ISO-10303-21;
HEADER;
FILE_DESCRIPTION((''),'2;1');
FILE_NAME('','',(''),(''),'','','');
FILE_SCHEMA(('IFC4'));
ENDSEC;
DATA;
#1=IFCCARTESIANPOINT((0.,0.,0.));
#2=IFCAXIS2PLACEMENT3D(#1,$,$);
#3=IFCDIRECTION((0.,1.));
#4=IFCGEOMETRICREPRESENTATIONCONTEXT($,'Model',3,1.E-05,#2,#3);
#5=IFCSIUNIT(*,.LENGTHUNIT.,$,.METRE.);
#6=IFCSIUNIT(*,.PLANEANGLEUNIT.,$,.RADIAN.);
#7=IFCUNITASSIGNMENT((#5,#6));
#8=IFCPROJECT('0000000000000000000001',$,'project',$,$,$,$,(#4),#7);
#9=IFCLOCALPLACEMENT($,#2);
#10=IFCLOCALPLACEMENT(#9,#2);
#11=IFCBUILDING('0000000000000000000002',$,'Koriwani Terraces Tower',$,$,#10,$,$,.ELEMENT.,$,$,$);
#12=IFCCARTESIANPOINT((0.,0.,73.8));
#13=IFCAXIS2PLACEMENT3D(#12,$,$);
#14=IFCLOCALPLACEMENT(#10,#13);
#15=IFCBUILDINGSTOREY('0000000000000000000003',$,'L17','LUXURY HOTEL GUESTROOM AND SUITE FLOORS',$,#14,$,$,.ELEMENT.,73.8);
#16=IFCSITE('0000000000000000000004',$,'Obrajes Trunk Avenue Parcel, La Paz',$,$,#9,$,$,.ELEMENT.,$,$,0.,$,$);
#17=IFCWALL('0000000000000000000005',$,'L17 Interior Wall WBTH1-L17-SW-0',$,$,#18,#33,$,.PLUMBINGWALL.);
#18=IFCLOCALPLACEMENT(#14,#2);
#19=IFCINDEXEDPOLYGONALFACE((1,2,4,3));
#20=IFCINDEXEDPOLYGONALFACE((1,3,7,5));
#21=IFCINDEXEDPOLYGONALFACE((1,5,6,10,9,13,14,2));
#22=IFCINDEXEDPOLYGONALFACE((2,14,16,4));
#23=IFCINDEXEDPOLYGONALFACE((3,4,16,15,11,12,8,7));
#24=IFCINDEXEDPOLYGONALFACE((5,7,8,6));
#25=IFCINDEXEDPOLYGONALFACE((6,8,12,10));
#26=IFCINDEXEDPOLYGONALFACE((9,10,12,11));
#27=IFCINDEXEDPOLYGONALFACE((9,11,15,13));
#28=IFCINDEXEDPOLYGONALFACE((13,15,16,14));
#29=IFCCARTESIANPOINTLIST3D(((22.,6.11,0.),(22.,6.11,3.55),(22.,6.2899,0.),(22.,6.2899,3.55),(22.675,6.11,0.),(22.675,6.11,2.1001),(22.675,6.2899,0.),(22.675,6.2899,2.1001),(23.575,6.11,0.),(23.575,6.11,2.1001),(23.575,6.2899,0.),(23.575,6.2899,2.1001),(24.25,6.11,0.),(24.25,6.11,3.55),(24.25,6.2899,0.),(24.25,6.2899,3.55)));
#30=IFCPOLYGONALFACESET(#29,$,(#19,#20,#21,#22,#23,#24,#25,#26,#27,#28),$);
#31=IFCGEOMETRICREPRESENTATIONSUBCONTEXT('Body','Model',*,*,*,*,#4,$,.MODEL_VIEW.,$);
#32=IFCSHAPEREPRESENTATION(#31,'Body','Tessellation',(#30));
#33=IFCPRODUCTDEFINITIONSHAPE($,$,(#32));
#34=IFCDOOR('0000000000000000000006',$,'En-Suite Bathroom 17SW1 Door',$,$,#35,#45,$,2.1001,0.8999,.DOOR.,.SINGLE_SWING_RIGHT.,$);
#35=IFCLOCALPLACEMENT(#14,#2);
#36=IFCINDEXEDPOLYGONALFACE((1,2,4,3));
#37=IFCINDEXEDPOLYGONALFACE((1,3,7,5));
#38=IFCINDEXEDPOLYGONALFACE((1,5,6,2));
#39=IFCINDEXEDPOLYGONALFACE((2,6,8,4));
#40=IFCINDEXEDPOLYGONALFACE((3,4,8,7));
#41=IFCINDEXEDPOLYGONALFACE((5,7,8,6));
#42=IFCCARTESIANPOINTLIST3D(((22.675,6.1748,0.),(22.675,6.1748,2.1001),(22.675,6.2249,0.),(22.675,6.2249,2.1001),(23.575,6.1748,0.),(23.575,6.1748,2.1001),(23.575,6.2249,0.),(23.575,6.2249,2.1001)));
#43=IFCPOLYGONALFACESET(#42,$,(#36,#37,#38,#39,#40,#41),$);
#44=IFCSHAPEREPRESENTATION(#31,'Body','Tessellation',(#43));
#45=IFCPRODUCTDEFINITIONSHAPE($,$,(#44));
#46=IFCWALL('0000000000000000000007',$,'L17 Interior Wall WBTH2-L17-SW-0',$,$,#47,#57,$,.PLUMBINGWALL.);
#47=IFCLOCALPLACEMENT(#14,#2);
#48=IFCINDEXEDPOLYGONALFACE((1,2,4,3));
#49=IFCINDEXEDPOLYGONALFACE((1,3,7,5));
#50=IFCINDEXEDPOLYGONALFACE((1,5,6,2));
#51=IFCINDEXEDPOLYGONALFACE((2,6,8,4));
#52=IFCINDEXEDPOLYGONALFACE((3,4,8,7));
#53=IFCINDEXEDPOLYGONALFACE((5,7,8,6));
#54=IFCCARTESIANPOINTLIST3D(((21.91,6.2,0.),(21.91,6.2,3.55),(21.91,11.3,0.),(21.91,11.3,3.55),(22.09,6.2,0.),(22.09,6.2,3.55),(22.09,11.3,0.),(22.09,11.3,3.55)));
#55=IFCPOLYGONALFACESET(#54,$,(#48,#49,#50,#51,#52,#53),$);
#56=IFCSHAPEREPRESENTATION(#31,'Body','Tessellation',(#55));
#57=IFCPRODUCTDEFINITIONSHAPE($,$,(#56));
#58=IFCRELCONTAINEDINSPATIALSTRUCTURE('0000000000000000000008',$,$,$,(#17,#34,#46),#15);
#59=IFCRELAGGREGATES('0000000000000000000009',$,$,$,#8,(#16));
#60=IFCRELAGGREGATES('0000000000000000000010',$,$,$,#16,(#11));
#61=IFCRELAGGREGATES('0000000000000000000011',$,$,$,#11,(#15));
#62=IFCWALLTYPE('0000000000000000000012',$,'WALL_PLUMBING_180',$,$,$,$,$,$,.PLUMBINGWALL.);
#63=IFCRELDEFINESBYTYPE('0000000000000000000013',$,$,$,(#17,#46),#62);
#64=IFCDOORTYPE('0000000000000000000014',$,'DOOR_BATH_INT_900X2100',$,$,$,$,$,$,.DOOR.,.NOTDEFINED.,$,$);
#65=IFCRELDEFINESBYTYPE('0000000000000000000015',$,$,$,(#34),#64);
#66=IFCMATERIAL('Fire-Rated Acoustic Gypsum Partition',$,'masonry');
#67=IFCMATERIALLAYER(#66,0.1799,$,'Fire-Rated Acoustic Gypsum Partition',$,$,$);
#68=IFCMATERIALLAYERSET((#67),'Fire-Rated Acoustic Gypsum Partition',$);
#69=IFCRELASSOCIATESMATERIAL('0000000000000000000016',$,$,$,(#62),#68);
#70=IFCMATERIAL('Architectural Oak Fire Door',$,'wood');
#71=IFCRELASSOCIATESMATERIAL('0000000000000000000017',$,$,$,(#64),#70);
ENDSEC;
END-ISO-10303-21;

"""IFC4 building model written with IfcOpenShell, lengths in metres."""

from ifc_helpers import new_model, si_unit, direction, frame, frame_2d, origin, place, context, subcontext, project, spatial, rectangle, extrude, material, layer, layer_set, type_object, element, fill, save


model = new_model("IFC4")

# Units and contexts
model_context = context("Model", 3, precision=1e-05, world=origin(), true_north=direction((0.0, 1.0)))
body_context = subcontext(model_context, "Body", "Model", "MODEL_VIEW")
ifc_project = project(units=[si_unit("LENGTHUNIT", "METRE"), si_unit("PLANEANGLEUNIT", "RADIAN")], contexts=[model_context])

# Site, building, storey
site_placement = place(None, origin())
site = spatial("IfcSite", under=ifc_project, at=site_placement, Name="Obrajes Trunk Avenue Parcel, La Paz", CompositionType="ELEMENT", RefElevation=0.0)
building_placement = place(site_placement, origin())
building = spatial("IfcBuilding", under=site, at=building_placement, Name="Koriwani Terraces Tower", CompositionType="ELEMENT")
storey_placement = place(building_placement, frame((0.0, 0.0, 73.8)))
storey = spatial("IfcBuildingStorey", under=building, at=storey_placement, Name="L17", Description="LUXURY HOTEL GUESTROOM AND SUITE FLOORS", CompositionType="ELEMENT", Elevation=73.8)

# Shared definitions
ifc_material_1 = material(Name="Architectural Oak Fire Door", Category="wood")

# Wall, opening, door
ifc_material_2 = material(Name="Fire-Rated Acoustic Gypsum Partition", Category="masonry")
ifc_layer_1 = layer(ifc_material_2, 0.1799, Name="Fire-Rated Acoustic Gypsum Partition")
ifc_layer_set_1 = layer_set([ifc_layer_1], Name="Fire-Rated Acoustic Gypsum Partition")
wall_type_1 = type_object("IfcWallType", Name="WALL_PLUMBING_180", PredefinedType="PLUMBINGWALL", material=ifc_layer_set_1)
wall_1_placement = place(storey_placement, frame((22.0, 6.2, 0.0), z_axis=(0.0, 0.0, 1.0), x_axis=(1.0, 0.0, 0.0)))
wall_1 = element("IfcWall", 1, at=wall_1_placement, inside=storey, type_object=wall_type_1, Name="L17 Interior Wall WBTH1-L17-SW-0", PredefinedType="PLUMBINGWALL", context=body_context, shape_type="SweptSolid", body=[
    extrude(rectangle(XDim=2.25, YDim=0.1799, at=frame_2d((1.125, 0.0))), origin(), (0.0, 0.0, 1.0), 3.55),
])
opening_1_placement = place(wall_1_placement, frame((0.675, 0.0, 0.0)))
opening_1 = element("IfcOpeningElement", 2, at=opening_1_placement, cuts=wall_1, PredefinedType="OPENING", context=body_context, shape_type="SweptSolid", body=[
    extrude(rectangle(XDim=0.8999, YDim=2.1001, at=frame_2d((0.45, 1.05))), frame((0.0, 0.1001, 0.0), z_axis=(0.0, -1.0, 0.0), x_axis=(1.0, 0.0, 0.0)), (0.0, 0.0, 1.0), 0.2),
])
door_type_1 = type_object("IfcDoorType", Name="DOOR_BATH_INT_900X2100", OperationType="NOTDEFINED", PredefinedType="DOOR", material=ifc_material_1)
door_1_placement = place(opening_1_placement, origin())
door_1 = element("IfcDoor", 3, at=door_1_placement, inside=storey, type_object=door_type_1, Name="En-Suite Bathroom 17SW1 Door", OperationType="SINGLE_SWING_RIGHT", OverallHeight=2.1001, OverallWidth=0.8999, PredefinedType="DOOR", context=body_context, shape_type="SweptSolid", body=[
    extrude(rectangle(XDim=0.8999, YDim=2.1001, at=frame_2d((0.45, 1.05))), frame((0.0, 0.0249, 0.0), z_axis=(0.0, -1.0, 0.0), x_axis=(1.0, 0.0, 0.0)), (0.0, 0.0, 1.0), 0.05),
])
fill(opening_1, door_1)

# Wall
wall_2_placement = place(storey_placement, frame((22.0, 6.2, 0.0), z_axis=(0.0, 0.0, 1.0), x_axis=(0.0, 1.0, 0.0)))
element("IfcWall", 4, at=wall_2_placement, inside=storey, type_object=wall_type_1, Name="L17 Interior Wall WBTH2-L17-SW-0", PredefinedType="PLUMBINGWALL", context=body_context, shape_type="SweptSolid", body=[
    extrude(rectangle(XDim=5.1001, YDim=0.1799, at=frame_2d((2.55, 0.0))), origin(), (0.0, 0.0, 1.0), 3.55),
])

save(model, "model.ifc")
